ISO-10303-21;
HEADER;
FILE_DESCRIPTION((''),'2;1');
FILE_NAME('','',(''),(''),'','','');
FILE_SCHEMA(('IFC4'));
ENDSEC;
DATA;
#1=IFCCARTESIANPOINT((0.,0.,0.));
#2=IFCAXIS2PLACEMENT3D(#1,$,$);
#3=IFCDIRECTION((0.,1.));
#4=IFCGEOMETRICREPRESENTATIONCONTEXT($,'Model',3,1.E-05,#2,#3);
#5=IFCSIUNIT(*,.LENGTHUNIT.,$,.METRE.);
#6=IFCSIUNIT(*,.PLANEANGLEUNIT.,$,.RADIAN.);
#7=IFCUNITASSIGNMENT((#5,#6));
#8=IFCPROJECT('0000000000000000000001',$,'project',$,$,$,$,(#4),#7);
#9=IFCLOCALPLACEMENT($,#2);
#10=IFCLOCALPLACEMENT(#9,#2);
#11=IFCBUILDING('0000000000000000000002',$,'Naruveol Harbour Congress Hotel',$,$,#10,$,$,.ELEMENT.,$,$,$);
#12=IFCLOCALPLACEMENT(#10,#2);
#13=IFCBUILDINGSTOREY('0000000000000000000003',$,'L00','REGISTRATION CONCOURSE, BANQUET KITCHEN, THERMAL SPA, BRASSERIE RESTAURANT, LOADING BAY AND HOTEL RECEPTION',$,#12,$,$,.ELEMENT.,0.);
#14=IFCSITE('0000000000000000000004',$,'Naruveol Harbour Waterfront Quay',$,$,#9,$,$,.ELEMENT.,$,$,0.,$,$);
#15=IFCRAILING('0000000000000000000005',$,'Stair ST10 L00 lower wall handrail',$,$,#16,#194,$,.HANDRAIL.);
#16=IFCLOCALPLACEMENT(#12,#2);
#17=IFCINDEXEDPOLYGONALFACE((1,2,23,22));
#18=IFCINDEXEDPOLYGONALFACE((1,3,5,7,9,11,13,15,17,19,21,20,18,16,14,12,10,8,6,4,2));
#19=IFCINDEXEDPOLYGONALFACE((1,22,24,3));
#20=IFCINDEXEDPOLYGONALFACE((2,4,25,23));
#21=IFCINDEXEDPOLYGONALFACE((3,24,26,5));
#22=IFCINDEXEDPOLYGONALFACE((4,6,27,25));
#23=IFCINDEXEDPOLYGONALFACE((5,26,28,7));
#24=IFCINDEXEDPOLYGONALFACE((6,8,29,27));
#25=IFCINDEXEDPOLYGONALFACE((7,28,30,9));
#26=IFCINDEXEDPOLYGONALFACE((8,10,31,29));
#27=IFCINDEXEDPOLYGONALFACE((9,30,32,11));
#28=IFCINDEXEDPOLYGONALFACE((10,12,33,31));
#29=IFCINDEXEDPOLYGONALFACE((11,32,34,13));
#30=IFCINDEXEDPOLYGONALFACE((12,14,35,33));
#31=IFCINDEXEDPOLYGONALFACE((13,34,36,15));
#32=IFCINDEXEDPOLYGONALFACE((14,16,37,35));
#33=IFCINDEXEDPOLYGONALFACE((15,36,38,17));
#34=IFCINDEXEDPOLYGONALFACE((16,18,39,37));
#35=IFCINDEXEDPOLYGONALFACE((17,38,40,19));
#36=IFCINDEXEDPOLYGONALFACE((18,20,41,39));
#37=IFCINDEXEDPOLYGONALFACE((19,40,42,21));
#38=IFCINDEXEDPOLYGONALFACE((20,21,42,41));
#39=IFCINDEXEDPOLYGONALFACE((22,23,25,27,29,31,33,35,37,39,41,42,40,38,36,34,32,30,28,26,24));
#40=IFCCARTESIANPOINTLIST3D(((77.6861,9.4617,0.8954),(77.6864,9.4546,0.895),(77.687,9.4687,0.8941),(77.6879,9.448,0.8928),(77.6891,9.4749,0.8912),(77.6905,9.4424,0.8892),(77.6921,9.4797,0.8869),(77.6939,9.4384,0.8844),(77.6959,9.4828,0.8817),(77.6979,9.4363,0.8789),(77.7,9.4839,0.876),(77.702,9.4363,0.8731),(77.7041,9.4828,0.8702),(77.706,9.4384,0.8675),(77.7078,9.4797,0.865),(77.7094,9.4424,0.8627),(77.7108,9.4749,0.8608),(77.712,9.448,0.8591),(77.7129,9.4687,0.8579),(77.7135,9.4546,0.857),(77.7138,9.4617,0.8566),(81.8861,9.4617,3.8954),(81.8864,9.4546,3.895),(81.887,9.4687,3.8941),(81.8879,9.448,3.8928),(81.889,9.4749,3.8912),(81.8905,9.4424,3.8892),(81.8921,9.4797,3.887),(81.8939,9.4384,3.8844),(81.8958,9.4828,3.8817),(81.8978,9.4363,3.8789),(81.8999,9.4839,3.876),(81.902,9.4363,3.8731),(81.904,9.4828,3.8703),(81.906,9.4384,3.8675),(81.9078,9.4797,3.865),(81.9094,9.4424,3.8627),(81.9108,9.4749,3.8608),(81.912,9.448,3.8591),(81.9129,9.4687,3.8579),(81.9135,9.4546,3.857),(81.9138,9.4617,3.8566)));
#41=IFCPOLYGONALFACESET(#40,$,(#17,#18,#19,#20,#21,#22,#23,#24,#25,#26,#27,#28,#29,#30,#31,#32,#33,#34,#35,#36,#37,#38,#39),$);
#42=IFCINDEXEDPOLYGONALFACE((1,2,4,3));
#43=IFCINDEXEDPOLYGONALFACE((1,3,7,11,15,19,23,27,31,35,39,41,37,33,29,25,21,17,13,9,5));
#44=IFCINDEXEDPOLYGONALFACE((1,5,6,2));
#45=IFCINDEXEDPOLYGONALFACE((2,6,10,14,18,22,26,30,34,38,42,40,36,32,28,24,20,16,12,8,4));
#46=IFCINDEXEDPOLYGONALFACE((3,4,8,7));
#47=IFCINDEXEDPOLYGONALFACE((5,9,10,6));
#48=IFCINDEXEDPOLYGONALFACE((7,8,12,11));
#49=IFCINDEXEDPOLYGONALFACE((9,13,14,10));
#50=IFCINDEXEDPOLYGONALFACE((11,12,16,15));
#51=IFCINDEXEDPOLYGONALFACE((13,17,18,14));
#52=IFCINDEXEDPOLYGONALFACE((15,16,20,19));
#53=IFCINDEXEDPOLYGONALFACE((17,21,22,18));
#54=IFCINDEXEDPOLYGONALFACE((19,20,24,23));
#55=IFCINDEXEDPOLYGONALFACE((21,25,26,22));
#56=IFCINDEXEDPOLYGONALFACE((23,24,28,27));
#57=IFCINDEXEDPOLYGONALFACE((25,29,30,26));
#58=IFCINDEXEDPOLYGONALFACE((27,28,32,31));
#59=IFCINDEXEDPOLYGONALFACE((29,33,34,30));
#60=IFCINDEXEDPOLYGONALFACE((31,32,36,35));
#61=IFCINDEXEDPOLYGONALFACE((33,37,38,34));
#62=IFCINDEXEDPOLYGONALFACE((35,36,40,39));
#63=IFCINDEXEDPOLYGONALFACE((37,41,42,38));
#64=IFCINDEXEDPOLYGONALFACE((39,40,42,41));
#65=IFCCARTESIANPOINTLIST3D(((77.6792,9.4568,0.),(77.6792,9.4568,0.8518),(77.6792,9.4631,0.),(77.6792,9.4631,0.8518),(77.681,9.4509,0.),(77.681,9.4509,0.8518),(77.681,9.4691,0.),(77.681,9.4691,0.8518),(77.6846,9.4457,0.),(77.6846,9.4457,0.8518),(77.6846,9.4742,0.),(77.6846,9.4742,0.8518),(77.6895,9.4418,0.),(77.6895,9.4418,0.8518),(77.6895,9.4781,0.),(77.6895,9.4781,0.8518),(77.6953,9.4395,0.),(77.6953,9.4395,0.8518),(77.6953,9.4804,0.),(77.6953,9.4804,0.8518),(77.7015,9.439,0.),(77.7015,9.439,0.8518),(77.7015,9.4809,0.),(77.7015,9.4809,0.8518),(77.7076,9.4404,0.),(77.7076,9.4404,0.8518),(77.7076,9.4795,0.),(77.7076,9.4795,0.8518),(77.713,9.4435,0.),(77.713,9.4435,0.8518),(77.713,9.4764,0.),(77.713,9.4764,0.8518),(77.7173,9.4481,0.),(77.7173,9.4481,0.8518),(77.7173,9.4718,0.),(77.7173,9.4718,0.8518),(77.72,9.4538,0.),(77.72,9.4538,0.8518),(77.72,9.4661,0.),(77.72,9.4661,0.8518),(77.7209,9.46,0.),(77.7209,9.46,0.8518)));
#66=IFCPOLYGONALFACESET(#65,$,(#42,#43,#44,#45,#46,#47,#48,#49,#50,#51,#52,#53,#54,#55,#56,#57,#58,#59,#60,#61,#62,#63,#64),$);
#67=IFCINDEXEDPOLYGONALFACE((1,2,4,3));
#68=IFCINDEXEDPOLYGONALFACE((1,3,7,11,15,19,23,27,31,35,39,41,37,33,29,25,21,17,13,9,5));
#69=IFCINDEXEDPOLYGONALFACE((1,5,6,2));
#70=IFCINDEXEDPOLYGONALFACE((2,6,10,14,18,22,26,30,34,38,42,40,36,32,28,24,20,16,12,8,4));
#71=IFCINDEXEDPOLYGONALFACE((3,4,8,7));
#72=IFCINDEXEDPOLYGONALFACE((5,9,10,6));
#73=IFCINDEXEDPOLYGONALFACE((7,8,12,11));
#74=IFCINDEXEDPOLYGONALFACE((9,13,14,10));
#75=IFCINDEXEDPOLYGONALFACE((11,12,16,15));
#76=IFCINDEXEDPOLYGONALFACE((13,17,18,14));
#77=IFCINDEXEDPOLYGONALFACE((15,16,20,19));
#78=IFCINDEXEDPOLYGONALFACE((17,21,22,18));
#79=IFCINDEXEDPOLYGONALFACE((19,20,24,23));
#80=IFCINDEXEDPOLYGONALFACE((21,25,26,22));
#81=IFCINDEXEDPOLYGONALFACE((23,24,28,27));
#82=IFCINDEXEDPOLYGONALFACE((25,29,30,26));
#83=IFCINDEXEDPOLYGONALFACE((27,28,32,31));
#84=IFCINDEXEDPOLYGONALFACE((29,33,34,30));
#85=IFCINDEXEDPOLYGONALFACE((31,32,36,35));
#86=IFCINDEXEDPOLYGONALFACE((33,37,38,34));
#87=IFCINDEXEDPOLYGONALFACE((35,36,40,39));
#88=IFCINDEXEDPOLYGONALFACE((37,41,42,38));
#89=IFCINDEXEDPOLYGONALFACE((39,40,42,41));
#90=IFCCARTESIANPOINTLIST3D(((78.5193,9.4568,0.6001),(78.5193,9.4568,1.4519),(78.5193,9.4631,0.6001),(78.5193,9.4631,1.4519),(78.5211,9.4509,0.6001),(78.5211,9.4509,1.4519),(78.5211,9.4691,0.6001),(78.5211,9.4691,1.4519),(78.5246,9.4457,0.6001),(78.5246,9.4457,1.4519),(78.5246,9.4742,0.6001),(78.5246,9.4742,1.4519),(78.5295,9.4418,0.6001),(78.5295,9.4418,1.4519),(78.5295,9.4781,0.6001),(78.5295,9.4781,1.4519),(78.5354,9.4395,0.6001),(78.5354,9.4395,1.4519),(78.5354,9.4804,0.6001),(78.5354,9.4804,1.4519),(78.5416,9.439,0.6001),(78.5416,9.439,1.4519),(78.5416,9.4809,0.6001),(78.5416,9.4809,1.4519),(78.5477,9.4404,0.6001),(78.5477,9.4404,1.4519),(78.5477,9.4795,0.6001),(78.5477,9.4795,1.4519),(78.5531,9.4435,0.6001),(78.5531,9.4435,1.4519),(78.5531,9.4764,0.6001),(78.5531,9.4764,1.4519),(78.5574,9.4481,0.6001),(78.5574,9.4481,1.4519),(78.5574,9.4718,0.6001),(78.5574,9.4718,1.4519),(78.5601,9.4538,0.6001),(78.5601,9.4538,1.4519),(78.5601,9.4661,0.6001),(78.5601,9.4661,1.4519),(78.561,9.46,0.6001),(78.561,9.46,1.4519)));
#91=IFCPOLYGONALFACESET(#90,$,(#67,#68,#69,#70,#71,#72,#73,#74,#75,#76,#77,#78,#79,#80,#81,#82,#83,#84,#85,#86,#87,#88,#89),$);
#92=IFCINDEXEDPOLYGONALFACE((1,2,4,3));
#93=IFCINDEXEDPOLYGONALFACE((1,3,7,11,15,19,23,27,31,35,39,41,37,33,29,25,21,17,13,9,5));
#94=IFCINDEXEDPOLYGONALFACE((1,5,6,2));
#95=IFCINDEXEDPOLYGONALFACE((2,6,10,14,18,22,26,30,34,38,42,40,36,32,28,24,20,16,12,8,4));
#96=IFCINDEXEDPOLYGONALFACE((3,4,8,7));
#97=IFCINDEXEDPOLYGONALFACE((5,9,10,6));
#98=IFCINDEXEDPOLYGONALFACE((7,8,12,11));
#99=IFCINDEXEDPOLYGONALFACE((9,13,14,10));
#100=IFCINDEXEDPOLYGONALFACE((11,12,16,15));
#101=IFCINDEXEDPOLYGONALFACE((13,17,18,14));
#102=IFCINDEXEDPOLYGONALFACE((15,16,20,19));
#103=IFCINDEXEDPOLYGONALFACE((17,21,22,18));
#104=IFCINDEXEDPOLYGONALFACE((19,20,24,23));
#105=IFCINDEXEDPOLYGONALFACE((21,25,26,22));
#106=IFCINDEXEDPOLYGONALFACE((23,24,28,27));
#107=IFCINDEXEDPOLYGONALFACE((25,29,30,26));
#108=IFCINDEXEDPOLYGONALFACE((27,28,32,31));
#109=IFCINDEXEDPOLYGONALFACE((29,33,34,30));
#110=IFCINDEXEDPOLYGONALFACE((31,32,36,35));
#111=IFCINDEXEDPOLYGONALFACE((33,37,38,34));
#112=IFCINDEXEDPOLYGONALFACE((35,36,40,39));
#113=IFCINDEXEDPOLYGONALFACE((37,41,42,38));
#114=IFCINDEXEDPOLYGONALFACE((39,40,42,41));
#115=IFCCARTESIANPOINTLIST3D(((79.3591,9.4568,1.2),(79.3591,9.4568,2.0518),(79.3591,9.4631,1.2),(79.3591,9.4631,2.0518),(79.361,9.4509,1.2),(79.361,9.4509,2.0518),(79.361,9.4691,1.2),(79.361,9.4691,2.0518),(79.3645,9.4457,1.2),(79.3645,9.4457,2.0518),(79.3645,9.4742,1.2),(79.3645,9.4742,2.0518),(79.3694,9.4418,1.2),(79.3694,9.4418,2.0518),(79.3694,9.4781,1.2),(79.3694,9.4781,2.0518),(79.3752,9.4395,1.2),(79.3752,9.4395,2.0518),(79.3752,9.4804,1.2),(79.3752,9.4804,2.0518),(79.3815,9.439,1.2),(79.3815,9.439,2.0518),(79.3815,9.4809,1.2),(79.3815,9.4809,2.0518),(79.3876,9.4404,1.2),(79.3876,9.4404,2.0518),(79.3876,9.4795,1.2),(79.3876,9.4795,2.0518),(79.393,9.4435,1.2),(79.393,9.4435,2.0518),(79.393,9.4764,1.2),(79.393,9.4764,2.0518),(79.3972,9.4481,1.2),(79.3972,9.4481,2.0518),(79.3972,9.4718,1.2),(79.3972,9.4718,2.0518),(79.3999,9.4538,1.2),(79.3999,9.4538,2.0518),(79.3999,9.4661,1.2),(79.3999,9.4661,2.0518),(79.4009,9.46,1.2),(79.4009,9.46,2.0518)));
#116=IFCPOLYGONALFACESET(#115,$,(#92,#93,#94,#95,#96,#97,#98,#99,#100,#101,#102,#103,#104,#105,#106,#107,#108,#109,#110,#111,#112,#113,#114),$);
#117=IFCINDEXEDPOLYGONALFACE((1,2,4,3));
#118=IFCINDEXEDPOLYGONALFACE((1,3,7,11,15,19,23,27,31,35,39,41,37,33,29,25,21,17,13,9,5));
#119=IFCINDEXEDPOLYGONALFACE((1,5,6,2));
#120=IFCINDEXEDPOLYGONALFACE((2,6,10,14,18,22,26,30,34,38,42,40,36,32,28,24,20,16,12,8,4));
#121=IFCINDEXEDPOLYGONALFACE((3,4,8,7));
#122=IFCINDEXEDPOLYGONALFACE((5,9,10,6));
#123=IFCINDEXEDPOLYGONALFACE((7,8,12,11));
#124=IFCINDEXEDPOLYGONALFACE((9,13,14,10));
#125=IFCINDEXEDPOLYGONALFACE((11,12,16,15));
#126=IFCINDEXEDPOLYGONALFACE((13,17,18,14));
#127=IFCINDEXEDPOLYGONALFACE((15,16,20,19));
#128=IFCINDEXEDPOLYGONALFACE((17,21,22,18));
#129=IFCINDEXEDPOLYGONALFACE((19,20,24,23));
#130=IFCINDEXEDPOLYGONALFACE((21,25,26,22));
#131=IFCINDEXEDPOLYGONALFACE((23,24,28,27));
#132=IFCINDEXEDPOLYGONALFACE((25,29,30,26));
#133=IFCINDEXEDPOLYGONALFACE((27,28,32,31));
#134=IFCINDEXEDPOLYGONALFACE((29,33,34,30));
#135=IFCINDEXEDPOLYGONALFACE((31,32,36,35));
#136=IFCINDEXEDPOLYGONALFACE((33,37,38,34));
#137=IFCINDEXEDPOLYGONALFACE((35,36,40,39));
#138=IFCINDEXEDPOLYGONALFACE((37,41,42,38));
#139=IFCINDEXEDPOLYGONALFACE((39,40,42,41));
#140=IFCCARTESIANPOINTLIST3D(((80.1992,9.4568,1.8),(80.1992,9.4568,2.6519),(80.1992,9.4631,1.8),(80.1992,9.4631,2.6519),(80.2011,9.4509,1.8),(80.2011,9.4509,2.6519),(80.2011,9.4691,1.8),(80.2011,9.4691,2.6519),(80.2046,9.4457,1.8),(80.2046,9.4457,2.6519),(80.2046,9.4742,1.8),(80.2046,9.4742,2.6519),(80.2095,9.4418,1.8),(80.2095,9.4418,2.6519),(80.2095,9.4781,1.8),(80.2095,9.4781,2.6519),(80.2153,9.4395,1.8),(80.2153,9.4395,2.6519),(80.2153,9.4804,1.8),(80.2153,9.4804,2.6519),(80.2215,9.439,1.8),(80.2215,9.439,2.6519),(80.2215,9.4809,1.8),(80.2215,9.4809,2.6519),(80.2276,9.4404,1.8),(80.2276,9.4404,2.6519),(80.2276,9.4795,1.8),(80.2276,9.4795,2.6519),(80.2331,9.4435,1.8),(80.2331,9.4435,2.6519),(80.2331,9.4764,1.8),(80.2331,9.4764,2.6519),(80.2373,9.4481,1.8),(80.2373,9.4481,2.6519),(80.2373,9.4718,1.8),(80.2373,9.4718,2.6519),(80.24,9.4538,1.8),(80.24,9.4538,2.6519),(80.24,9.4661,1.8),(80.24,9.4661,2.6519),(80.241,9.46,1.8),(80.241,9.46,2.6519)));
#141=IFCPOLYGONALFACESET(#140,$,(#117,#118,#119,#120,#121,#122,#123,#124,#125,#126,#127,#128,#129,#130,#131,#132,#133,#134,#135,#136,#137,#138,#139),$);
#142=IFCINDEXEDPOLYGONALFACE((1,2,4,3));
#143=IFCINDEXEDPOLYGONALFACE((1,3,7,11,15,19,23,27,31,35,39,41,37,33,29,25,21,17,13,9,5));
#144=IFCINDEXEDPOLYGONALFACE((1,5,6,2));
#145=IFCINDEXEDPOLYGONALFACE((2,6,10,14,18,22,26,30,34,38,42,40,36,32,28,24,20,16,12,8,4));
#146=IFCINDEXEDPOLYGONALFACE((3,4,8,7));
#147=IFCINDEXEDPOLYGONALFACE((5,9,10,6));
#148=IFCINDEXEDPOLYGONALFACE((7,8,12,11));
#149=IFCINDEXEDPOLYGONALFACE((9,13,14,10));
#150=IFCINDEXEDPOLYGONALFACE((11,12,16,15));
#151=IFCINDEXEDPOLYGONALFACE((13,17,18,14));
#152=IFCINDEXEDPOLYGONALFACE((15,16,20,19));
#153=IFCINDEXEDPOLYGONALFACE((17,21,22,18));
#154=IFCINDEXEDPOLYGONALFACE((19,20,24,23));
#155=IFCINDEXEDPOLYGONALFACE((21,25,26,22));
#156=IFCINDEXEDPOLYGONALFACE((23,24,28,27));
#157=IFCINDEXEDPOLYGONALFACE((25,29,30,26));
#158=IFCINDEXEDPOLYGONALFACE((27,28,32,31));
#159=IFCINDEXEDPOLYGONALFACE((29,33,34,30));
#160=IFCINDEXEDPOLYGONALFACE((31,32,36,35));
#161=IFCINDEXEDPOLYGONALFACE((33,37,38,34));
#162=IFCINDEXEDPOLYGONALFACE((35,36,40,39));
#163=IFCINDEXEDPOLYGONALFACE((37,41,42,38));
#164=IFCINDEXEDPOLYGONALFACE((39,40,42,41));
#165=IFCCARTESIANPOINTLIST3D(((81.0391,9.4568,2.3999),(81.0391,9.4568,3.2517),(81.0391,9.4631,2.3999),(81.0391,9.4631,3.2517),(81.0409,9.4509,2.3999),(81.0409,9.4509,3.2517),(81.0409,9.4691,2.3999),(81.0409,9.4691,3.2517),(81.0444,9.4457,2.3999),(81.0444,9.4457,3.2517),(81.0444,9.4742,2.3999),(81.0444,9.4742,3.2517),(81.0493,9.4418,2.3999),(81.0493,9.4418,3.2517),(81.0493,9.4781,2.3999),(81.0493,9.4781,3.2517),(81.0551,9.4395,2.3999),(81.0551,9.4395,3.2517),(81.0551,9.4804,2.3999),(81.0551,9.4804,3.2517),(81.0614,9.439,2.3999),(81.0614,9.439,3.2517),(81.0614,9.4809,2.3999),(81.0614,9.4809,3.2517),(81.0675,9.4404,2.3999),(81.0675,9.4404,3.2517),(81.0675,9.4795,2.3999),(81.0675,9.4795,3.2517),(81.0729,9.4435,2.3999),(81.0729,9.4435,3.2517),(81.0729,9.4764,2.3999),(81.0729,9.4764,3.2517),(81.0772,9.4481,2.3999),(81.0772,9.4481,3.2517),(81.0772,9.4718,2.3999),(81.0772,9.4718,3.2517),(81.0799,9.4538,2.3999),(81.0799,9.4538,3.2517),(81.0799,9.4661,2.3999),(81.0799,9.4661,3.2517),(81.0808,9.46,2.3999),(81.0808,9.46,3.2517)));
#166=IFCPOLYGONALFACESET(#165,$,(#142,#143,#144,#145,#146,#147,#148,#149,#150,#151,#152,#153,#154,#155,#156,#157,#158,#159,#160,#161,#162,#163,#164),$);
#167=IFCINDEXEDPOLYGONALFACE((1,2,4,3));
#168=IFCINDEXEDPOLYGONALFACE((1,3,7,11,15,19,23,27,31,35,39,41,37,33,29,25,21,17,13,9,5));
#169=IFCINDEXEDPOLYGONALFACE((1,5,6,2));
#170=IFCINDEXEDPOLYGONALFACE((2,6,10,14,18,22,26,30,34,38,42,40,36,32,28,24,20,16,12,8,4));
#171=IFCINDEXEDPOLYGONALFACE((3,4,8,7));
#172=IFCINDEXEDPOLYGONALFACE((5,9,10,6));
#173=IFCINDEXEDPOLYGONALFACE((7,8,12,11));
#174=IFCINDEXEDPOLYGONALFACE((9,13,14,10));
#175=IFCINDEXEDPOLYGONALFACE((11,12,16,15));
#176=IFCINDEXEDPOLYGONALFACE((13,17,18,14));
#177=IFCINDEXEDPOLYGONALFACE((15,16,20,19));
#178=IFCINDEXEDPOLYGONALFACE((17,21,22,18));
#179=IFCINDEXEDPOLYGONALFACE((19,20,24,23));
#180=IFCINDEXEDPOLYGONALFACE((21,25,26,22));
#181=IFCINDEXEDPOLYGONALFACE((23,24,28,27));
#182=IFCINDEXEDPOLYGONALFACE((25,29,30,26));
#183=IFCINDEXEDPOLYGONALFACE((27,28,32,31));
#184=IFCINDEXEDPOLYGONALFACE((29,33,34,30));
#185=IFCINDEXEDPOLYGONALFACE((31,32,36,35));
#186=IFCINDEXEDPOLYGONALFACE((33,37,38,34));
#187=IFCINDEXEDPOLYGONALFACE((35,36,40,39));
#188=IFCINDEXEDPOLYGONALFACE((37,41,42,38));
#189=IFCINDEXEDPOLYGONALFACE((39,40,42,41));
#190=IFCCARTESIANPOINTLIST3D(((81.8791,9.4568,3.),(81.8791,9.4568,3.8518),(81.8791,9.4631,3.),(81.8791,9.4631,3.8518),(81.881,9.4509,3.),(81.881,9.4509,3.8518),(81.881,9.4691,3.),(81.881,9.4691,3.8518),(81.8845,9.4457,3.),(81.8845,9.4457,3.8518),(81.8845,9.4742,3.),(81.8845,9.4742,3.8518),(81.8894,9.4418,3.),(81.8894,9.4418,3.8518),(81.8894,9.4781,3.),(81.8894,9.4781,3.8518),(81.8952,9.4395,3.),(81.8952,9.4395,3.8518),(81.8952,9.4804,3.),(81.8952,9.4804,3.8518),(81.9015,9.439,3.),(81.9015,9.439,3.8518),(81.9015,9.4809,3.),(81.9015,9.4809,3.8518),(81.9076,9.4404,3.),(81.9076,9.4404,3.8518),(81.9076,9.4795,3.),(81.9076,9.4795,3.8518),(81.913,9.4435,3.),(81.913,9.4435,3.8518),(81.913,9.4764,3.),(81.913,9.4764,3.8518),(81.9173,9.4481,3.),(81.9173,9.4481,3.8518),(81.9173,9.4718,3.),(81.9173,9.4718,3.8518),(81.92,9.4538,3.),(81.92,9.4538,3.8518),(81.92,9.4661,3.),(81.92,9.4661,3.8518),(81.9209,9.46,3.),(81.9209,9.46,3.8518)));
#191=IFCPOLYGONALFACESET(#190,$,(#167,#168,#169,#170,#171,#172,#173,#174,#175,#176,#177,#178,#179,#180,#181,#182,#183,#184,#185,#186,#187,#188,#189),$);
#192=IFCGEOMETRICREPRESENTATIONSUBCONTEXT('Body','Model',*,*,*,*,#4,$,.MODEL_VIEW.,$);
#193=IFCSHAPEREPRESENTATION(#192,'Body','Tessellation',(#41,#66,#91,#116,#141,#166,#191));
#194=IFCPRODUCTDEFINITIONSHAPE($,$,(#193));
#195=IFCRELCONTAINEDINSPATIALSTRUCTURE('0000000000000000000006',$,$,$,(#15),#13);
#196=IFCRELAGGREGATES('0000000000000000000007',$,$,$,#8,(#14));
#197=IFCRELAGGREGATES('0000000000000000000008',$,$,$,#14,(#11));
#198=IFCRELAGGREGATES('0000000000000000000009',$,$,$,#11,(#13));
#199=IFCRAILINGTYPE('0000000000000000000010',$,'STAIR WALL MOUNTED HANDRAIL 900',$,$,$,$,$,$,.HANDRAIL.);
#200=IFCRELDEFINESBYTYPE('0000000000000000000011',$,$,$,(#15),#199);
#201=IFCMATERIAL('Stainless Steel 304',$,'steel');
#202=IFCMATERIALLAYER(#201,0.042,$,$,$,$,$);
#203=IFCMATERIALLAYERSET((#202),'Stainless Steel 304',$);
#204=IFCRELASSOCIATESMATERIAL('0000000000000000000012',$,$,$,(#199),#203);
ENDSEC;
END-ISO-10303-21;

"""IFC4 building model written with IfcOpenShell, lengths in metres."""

from ifc_helpers import new_model, si_unit, direction, frame, origin, origin_2d, place, context, subcontext, project, spatial, circle, extrude, material, layer, layer_set, type_object, element, save


model = new_model("IFC4")

# Units and contexts
model_context = context("Model", 3, precision=1e-05, world=origin(), true_north=direction((0.0, 1.0)))
body_context = subcontext(model_context, "Body", "Model", "MODEL_VIEW")
ifc_project = project(units=[si_unit("LENGTHUNIT", "METRE"), si_unit("PLANEANGLEUNIT", "RADIAN")], contexts=[model_context])

# Site, building, storey
site_placement = place(None, origin())
site = spatial("IfcSite", under=ifc_project, at=site_placement, Name="Naruveol Harbour Waterfront Quay", CompositionType="ELEMENT", RefElevation=0.0)
building_placement = place(site_placement, origin())
building = spatial("IfcBuilding", under=site, at=building_placement, Name="Naruveol Harbour Congress Hotel", CompositionType="ELEMENT")
storey_placement = place(building_placement, origin())
storey = spatial("IfcBuildingStorey", under=building, at=storey_placement, Name="L00", Description="REGISTRATION CONCOURSE, BANQUET KITCHEN, THERMAL SPA, BRASSERIE RESTAURANT, LOADING BAY AND HOTEL RECEPTION", CompositionType="ELEMENT", Elevation=0.0)

# Railing
ifc_material_1 = material(Name="Stainless Steel 304", Category="steel")
ifc_layer_1 = layer(ifc_material_1, 0.042)
ifc_layer_set_1 = layer_set([ifc_layer_1], Name="Stainless Steel 304")
railing_type_1 = type_object("IfcRailingType", Name="STAIR WALL MOUNTED HANDRAIL 900", PredefinedType="HANDRAIL", material=ifc_layer_set_1)
railing_1_placement = place(storey_placement, frame((77.7, 9.46, 0.0)))
element("IfcRailing", 1, at=railing_1_placement, inside=storey, type_object=railing_type_1, Name="Stair ST10 L00 lower wall handrail", PredefinedType="HANDRAIL", context=body_context, shape_type="SweptSolid", body=[
    extrude(circle(Radius=0.0239, at=origin_2d()), frame((0.0, 0.0, 0.876), z_axis=(0.81373, 0.0, 0.581243), x_axis=(0.0, 1.0, 0.0)), (0.0, 0.0, 1.0), 5.1614),
    extrude(circle(Radius=0.021, at=origin_2d()), origin(), (0.0, 0.0, 1.0), 0.8518),
    extrude(circle(Radius=0.021, at=origin_2d()), frame((0.8401, 0.0, 0.6001)), (0.0, 0.0, 1.0), 0.8518),
    extrude(circle(Radius=0.021, at=origin_2d()), frame((1.6799, 0.0, 1.2)), (0.0, 0.0, 1.0), 0.8518),
    extrude(circle(Radius=0.021, at=origin_2d()), frame((2.52, 0.0, 1.8)), (0.0, 0.0, 1.0), 0.8518),
    extrude(circle(Radius=0.021, at=origin_2d()), frame((3.3599, 0.0, 2.3999)), (0.0, 0.0, 1.0), 0.8518),
    extrude(circle(Radius=0.021, at=origin_2d()), frame((4.2, 0.0, 3.0)), (0.0, 0.0, 1.0), 0.8518),
])

save(model, "model.ifc")
